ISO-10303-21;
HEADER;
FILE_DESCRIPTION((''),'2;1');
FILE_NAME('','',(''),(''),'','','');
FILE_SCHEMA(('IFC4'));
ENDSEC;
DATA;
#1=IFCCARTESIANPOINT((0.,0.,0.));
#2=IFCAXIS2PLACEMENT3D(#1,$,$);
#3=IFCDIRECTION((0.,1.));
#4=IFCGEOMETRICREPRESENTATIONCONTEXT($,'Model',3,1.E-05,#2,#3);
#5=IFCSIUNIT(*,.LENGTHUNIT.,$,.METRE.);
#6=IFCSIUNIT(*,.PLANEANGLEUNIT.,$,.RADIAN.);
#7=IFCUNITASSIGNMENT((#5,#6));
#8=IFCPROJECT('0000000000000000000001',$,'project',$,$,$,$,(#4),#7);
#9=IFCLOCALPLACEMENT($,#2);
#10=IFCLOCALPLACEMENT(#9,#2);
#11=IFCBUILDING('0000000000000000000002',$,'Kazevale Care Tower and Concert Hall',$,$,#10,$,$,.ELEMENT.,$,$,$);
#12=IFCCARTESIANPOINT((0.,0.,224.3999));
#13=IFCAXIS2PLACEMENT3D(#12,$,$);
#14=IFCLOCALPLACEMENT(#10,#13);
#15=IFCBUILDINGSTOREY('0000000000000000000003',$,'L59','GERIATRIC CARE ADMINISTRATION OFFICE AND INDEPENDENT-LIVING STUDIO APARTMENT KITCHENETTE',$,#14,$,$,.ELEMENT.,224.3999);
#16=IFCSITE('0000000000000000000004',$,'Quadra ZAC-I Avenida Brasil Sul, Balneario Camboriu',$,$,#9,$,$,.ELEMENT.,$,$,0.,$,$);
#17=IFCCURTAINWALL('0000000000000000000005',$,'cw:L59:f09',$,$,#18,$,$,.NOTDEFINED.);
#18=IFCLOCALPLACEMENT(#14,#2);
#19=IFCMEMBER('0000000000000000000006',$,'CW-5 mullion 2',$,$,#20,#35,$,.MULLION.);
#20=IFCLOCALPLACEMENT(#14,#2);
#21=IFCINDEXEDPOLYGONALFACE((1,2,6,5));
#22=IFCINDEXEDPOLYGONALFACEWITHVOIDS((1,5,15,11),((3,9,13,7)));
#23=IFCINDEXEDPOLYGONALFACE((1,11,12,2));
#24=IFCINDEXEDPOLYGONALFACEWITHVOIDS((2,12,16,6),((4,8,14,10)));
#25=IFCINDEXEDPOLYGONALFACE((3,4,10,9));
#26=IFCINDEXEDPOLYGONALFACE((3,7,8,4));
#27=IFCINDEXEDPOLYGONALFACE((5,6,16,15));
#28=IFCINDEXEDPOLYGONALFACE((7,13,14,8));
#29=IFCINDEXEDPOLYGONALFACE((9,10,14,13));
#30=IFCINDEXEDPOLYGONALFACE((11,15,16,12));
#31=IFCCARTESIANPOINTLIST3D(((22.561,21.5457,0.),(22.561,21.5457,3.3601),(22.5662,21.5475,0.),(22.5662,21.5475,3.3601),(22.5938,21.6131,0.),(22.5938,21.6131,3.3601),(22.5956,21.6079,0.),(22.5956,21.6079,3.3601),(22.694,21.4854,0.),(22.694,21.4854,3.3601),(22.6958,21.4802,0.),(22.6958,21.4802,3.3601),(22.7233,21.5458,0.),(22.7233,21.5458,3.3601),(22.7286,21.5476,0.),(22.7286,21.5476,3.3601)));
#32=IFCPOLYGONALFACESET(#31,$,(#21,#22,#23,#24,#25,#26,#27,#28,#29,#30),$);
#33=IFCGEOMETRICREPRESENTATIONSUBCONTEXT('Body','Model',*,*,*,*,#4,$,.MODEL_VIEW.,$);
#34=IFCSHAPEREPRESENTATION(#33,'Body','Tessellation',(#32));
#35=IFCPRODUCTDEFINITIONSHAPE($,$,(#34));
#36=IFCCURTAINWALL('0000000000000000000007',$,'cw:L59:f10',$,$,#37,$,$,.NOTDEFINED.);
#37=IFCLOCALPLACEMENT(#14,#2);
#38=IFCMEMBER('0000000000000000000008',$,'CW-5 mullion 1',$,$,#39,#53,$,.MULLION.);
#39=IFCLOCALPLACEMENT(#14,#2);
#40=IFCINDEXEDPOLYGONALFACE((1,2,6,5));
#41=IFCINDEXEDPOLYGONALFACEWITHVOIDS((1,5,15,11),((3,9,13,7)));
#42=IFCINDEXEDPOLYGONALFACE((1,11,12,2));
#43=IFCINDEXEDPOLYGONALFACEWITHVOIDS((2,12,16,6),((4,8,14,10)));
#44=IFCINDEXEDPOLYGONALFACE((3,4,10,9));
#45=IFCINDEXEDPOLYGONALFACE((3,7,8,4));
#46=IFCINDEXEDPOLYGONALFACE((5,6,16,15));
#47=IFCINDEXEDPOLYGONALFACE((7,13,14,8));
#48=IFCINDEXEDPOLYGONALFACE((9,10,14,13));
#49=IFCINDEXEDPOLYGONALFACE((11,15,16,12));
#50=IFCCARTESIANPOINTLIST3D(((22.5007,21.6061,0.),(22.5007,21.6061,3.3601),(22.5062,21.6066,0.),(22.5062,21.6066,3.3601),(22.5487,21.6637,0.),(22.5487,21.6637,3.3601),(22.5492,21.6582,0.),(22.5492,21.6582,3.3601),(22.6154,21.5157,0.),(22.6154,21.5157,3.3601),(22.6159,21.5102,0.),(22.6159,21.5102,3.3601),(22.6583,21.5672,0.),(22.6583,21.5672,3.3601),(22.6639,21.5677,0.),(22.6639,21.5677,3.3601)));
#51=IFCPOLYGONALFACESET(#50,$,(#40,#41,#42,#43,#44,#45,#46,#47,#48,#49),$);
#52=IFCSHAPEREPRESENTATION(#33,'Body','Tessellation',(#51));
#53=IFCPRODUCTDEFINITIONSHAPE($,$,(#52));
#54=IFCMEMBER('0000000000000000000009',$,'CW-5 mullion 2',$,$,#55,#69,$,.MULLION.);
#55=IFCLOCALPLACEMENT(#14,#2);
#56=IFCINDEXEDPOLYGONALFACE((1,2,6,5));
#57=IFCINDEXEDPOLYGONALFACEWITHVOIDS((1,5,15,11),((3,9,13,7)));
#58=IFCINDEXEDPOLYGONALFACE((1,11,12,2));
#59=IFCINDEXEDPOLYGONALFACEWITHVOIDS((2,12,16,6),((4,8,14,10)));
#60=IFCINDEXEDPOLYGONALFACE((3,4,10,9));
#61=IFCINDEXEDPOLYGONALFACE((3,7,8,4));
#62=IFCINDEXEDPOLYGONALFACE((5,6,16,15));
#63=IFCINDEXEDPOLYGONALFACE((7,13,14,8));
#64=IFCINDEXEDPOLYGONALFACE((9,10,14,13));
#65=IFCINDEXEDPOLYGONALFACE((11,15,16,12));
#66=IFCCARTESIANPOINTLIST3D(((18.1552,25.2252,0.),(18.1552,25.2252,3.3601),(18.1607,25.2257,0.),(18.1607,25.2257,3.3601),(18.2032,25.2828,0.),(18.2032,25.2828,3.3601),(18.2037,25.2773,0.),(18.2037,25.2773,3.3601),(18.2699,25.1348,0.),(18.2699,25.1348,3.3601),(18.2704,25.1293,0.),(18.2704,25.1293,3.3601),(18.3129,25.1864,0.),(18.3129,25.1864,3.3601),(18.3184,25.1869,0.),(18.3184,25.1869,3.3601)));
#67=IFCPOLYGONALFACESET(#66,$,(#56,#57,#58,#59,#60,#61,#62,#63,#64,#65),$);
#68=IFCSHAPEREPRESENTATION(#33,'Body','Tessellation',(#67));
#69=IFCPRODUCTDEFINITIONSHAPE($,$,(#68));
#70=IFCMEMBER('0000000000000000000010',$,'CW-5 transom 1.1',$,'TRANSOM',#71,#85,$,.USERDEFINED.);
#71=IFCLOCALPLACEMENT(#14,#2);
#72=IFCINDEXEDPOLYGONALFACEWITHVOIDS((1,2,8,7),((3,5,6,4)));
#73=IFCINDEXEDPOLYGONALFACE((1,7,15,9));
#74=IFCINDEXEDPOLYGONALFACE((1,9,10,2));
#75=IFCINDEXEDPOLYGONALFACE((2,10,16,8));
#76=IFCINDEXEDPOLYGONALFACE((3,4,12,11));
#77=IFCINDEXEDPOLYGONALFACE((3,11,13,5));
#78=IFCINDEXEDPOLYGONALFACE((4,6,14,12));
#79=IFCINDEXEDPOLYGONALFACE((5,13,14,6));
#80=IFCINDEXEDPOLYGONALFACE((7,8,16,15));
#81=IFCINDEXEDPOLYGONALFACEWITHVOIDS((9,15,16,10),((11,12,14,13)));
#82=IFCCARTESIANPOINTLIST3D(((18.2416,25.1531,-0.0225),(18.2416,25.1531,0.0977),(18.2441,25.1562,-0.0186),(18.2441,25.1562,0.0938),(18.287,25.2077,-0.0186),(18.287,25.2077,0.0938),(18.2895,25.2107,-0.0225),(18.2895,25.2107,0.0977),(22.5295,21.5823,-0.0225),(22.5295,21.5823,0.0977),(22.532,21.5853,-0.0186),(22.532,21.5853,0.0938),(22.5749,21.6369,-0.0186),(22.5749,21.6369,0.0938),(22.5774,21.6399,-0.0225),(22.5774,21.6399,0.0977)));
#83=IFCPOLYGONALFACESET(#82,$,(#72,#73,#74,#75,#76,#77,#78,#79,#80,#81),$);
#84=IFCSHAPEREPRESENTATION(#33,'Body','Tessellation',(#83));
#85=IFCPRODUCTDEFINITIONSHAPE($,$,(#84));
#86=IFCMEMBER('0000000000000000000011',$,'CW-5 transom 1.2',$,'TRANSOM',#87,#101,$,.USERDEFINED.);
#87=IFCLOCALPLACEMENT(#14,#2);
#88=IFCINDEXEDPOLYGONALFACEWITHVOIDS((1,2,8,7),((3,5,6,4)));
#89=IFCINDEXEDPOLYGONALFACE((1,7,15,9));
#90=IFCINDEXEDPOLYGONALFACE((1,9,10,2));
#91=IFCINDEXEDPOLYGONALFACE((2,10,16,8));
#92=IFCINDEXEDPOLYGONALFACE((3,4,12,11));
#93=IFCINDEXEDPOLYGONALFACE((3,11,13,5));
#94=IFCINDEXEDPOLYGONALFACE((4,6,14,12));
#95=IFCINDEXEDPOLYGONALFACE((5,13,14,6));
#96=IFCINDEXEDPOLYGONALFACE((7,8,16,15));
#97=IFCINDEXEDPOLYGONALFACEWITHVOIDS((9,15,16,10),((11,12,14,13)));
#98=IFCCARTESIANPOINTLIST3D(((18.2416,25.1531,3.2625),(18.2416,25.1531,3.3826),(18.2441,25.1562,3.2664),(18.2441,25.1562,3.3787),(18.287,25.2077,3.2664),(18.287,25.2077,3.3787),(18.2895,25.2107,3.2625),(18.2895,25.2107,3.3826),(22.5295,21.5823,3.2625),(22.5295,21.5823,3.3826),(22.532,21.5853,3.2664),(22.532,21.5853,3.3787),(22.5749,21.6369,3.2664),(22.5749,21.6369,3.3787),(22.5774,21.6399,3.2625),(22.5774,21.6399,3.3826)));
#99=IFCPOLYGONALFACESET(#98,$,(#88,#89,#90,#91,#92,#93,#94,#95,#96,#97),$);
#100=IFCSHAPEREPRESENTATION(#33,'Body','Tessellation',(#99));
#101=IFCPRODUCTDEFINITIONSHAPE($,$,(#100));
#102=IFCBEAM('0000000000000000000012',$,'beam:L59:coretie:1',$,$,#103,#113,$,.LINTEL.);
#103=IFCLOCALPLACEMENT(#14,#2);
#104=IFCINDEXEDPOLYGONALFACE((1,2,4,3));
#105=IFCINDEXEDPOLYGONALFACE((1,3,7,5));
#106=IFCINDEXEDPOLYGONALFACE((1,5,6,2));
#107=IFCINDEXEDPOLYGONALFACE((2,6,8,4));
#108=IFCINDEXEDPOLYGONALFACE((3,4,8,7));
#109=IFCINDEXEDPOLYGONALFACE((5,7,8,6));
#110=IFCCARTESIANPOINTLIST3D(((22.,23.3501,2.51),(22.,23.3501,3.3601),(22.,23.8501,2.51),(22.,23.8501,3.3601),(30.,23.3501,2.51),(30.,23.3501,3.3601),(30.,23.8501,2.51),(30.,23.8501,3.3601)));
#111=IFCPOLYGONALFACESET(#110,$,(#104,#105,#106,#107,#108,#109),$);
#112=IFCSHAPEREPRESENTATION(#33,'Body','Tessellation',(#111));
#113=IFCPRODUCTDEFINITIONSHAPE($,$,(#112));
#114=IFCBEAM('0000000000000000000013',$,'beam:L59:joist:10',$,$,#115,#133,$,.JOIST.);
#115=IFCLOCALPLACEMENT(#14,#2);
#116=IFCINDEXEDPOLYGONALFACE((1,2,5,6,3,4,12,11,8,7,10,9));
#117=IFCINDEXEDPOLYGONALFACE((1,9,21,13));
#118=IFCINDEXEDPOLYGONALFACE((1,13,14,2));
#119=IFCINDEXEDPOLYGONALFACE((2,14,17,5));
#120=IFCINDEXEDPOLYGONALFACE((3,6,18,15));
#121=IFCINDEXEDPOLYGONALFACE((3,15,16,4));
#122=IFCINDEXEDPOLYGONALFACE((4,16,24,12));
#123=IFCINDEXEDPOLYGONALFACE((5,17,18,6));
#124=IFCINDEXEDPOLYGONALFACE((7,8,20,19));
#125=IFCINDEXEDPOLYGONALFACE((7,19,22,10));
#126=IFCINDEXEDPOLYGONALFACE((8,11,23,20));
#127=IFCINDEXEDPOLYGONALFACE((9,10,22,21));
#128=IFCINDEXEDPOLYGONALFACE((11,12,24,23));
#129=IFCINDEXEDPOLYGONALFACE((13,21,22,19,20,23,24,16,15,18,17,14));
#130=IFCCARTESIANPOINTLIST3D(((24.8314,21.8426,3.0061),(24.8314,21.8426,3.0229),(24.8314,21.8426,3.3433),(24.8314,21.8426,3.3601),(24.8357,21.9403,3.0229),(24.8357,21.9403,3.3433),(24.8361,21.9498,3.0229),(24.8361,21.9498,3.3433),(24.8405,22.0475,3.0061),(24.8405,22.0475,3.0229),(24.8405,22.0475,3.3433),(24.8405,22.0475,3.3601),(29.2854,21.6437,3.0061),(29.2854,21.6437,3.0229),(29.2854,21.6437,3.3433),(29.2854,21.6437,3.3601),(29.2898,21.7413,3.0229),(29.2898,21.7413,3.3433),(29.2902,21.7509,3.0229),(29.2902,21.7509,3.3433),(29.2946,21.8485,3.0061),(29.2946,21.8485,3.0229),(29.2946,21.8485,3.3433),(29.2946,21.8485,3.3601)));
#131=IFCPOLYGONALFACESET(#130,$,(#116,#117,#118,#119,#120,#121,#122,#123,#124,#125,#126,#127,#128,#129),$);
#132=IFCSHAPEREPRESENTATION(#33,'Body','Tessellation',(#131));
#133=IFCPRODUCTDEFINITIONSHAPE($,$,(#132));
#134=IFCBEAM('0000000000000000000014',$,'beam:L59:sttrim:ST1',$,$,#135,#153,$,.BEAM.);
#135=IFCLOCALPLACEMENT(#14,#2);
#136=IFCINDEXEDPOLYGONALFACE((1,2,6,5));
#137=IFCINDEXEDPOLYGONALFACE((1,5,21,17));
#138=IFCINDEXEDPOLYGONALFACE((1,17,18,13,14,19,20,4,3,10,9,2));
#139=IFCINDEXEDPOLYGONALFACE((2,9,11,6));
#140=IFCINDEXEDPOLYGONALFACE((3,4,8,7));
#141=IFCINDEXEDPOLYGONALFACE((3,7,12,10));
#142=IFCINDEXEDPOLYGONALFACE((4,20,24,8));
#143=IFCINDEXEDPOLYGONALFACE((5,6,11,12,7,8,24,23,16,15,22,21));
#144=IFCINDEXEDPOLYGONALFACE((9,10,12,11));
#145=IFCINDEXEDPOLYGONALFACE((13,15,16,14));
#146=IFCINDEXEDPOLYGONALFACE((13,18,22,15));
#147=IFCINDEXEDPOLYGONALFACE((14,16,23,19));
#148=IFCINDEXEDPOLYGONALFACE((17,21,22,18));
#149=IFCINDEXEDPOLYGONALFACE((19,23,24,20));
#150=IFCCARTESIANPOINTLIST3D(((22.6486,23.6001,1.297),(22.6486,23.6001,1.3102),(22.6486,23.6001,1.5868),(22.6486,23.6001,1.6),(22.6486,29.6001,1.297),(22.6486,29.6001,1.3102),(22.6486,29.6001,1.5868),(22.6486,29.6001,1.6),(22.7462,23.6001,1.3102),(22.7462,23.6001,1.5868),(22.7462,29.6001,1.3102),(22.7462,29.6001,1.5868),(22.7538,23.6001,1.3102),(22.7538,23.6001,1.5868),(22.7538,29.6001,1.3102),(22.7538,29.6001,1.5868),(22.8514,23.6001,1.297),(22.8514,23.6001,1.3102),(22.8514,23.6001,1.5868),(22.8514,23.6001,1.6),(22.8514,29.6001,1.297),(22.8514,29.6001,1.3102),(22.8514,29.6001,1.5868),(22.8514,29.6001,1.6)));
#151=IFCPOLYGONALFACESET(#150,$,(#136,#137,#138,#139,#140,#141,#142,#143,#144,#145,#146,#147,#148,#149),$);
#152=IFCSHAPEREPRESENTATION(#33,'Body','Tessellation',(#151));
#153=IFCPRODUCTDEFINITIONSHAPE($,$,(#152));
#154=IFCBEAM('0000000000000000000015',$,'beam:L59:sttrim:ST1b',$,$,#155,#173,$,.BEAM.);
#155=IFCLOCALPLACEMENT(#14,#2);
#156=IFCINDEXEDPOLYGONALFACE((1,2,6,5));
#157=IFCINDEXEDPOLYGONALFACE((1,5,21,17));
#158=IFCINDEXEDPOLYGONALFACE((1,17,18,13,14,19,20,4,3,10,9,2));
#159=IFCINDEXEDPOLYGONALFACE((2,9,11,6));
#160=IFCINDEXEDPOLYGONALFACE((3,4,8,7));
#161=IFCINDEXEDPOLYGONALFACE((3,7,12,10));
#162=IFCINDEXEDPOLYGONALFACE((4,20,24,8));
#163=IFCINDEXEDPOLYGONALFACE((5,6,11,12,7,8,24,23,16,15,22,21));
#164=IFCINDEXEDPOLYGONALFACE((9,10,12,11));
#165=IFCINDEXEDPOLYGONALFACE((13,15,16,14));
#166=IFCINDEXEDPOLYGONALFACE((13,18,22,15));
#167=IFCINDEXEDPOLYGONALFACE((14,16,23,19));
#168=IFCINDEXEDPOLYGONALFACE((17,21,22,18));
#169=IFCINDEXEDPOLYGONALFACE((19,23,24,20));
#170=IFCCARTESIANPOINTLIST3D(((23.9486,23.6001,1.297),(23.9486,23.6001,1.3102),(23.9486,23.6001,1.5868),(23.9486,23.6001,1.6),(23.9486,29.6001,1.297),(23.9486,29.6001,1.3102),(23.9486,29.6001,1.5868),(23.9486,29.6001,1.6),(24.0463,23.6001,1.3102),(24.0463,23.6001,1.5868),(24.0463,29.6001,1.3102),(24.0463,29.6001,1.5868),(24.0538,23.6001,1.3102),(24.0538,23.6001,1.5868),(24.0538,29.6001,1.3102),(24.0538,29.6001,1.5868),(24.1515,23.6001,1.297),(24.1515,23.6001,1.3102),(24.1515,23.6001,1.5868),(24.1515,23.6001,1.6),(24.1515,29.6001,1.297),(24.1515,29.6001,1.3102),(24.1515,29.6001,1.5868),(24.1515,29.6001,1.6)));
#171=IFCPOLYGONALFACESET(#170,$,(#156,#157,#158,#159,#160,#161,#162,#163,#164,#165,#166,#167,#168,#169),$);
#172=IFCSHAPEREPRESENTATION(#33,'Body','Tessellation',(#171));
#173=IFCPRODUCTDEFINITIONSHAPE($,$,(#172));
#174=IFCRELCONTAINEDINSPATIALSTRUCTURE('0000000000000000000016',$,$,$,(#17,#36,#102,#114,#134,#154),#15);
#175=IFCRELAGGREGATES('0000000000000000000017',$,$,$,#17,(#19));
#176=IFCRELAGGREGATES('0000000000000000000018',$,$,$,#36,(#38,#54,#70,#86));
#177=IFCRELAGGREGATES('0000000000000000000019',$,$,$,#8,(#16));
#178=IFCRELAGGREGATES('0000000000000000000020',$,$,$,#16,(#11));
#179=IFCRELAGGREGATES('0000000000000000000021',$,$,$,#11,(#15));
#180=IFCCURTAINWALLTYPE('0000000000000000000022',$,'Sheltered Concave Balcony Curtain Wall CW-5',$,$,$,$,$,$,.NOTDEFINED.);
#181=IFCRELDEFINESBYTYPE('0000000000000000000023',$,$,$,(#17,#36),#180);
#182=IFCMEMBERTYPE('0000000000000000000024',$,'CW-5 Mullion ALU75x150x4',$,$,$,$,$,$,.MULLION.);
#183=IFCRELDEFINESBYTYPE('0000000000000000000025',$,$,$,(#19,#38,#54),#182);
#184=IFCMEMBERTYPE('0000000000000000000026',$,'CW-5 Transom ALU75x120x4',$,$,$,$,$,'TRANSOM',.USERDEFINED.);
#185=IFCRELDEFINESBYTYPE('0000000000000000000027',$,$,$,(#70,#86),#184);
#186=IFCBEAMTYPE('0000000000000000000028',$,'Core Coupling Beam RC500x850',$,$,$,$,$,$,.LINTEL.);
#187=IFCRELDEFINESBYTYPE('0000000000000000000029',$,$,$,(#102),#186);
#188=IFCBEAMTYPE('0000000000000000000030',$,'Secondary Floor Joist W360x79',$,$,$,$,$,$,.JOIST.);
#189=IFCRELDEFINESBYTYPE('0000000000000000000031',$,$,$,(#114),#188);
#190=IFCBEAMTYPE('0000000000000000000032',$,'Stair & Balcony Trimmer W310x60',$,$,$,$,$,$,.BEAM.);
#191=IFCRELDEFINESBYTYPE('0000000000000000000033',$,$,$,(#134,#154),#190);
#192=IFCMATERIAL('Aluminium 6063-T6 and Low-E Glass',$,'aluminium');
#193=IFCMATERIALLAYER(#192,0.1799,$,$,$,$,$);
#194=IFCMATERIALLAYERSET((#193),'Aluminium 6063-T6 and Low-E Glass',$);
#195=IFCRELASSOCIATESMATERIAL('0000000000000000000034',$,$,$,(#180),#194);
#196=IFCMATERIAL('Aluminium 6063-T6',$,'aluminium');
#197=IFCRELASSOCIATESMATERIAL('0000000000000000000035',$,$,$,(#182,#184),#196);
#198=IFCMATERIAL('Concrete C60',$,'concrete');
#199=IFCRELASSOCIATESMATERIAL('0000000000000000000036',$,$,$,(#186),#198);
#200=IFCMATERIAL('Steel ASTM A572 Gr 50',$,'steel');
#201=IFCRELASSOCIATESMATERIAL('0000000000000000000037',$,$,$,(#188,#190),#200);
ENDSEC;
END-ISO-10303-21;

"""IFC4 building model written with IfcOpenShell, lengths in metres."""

from ifc_helpers import new_model, si_unit, direction, frame, origin, origin_2d, place, context, subcontext, project, spatial, rectangle, hollow_rectangle, i_section, extrude, material, layer, layer_set, material_profile, profile_set, type_object, element, aggregate, save


model = new_model("IFC4")

# Units and contexts
model_context = context("Model", 3, precision=1e-05, world=origin(), true_north=direction((0.0, 1.0)))
body_context = subcontext(model_context, "Body", "Model", "MODEL_VIEW")
ifc_project = project(units=[si_unit("LENGTHUNIT", "METRE"), si_unit("PLANEANGLEUNIT", "RADIAN")], contexts=[model_context])

# Site, building, storey
site_placement = place(None, origin())
site = spatial("IfcSite", under=ifc_project, at=site_placement, Name="Quadra ZAC-I Avenida Brasil Sul, Balneario Camboriu", CompositionType="ELEMENT", RefElevation=0.0)
building_placement = place(site_placement, origin())
building = spatial("IfcBuilding", under=site, at=building_placement, Name="Kazevale Care Tower and Concert Hall", CompositionType="ELEMENT")
storey_placement = place(building_placement, frame((0.0, 0.0, 224.3999)))
storey = spatial("IfcBuildingStorey", under=building, at=storey_placement, Name="L59", Description="GERIATRIC CARE ADMINISTRATION OFFICE AND INDEPENDENT-LIVING STUDIO APARTMENT KITCHENETTE", CompositionType="ELEMENT", Elevation=224.3999)

# Shared definitions
ifc_material_1 = material(Name="Aluminium 6063-T6 and Low-E Glass", Category="aluminium")
ifc_material_2 = material(Name="Aluminium 6063-T6", Category="aluminium")

# Curtain wall, member
ifc_layer_1 = layer(ifc_material_1, 0.1799)
ifc_layer_set_1 = layer_set([ifc_layer_1], Name="Aluminium 6063-T6 and Low-E Glass")
curtain_wall_type_1 = type_object("IfcCurtainWallType", Name="Sheltered Concave Balcony Curtain Wall CW-5", PredefinedType="NOTDEFINED", material=ifc_layer_set_1)
curtain_wall_1_placement = place(storey_placement, origin())
curtain_wall_1 = element("IfcCurtainWall", 1, at=curtain_wall_1_placement, inside=storey, type_object=curtain_wall_type_1, Name="cw:L59:f09", PredefinedType="NOTDEFINED")
ifc_material_profile_1 = material_profile(ifc_material_2, hollow_rectangle(XDim=0.075, YDim=0.1499, WallThickness=0.0039, at=origin_2d()), Name="ALU75x150x4")
ifc_profile_set_1 = profile_set([ifc_material_profile_1], Name="Aluminium 6063-T6")
member_type_1 = type_object("IfcMemberType", Name="CW-5 Mullion ALU75x150x4", PredefinedType="MULLION", material=ifc_profile_set_1)
member_1_placement = place(storey_placement, frame((22.6448, 21.5466, 0.0), z_axis=(0.0, 0.0, 1.0), x_axis=(-0.437238, -0.899346, 0.0)))
member_1 = element("IfcMember", 2, at=member_1_placement, type_object=member_type_1, Name="CW-5 mullion 2", PredefinedType="MULLION", context=body_context, shape_type="SweptSolid", body=[
    extrude(hollow_rectangle(XDim=0.075, YDim=0.1499, WallThickness=0.0039, at=origin_2d()), origin(), (0.0, 0.0, 1.0), 3.3601),
])
aggregate(curtain_wall_1, [member_1])

# Curtain wall, members
curtain_wall_2_placement = place(storey_placement, origin())
curtain_wall_2 = element("IfcCurtainWall", 3, at=curtain_wall_2_placement, inside=storey, type_object=curtain_wall_type_1, Name="cw:L59:f10", PredefinedType="NOTDEFINED")
member_2_placement = place(storey_placement, frame((22.5823, 21.5869, 0.0), z_axis=(0.0, 0.0, 1.0), x_axis=(-0.639961, -0.768407, 0.0)))
member_2 = element("IfcMember", 4, at=member_2_placement, type_object=member_type_1, Name="CW-5 mullion 1", PredefinedType="MULLION", context=body_context, shape_type="SweptSolid", body=[
    extrude(hollow_rectangle(XDim=0.075, YDim=0.1499, WallThickness=0.0039, at=origin_2d()), origin(), (0.0, 0.0, 1.0), 3.3601),
])
member_3_placement = place(storey_placement, frame((18.2368, 25.2061, 0.0), z_axis=(0.0, 0.0, 1.0), x_axis=(-0.639961, -0.768407, 0.0)))
member_3 = element("IfcMember", 5, at=member_3_placement, type_object=member_type_1, Name="CW-5 mullion 2", PredefinedType="MULLION", context=body_context, shape_type="SweptSolid", body=[
    extrude(hollow_rectangle(XDim=0.075, YDim=0.1499, WallThickness=0.0039, at=origin_2d()), origin(), (0.0, 0.0, 1.0), 3.3601),
])
ifc_material_profile_2 = material_profile(ifc_material_2, hollow_rectangle(XDim=0.075, YDim=0.1201, WallThickness=0.0039, at=origin_2d()), Name="ALU75x120x4")
ifc_profile_set_2 = profile_set([ifc_material_profile_2], Name="Aluminium 6063-T6")
member_type_2 = type_object("IfcMemberType", Name="CW-5 Transom ALU75x120x4", ElementType="TRANSOM", PredefinedType="USERDEFINED", material=ifc_profile_set_2)
member_4_placement = place(storey_placement, frame((22.5535, 21.6111, 0.0376), z_axis=(-0.768433, 0.63993, 0.0), x_axis=(-0.63993, -0.768433, 0.0)))
member_4 = element("IfcMember", 6, at=member_4_placement, type_object=member_type_2, Name="CW-5 transom 1.1", ObjectType="TRANSOM", PredefinedType="USERDEFINED", context=body_context, shape_type="SweptSolid", body=[
    extrude(hollow_rectangle(XDim=0.075, YDim=0.1201, WallThickness=0.0039, at=origin_2d()), origin(), (0.0, 0.0, 1.0), 5.5801),
])
member_5_placement = place(storey_placement, frame((22.5535, 21.6111, 3.3225), z_axis=(-0.768433, 0.63993, 0.0), x_axis=(-0.63993, -0.768433, 0.0)))
member_5 = element("IfcMember", 7, at=member_5_placement, type_object=member_type_2, Name="CW-5 transom 1.2", ObjectType="TRANSOM", PredefinedType="USERDEFINED", context=body_context, shape_type="SweptSolid", body=[
    extrude(hollow_rectangle(XDim=0.075, YDim=0.1201, WallThickness=0.0039, at=origin_2d()), origin(), (0.0, 0.0, 1.0), 5.5801),
])

# Beams
ifc_material_3 = material(Name="Concrete C60", Category="concrete")
ifc_material_profile_3 = material_profile(ifc_material_3, rectangle(XDim=0.5, YDim=0.8501, at=origin_2d()), Name="RC-B500x850")
ifc_profile_set_3 = profile_set([ifc_material_profile_3], Name="Concrete C60")
beam_type_1 = type_object("IfcBeamType", Name="Core Coupling Beam RC500x850", PredefinedType="LINTEL", material=ifc_profile_set_3)
beam_1_placement = place(storey_placement, frame((22.0, 23.6001, 2.9351), z_axis=(1.0, 0.0, 0.0), x_axis=(0.0, 1.0, 0.0)))
element("IfcBeam", 8, at=beam_1_placement, inside=storey, type_object=beam_type_1, Name="beam:L59:coretie:1", PredefinedType="LINTEL", context=body_context, shape_type="SweptSolid", body=[
    extrude(rectangle(XDim=0.5, YDim=0.8501, at=origin_2d()), origin(), (0.0, 0.0, 1.0), 8.0),
])
ifc_material_4 = material(Name="Steel ASTM A572 Gr 50", Category="steel")
ifc_material_profile_4 = material_profile(ifc_material_4, i_section(OverallWidth=0.2051, OverallDepth=0.354, WebThickness=0.0095, FlangeThickness=0.0168, at=origin_2d()), Name="W360x79")
ifc_profile_set_4 = profile_set([ifc_material_profile_4], Name="Steel ASTM A572 Gr 50")
beam_type_2 = type_object("IfcBeamType", Name="Secondary Floor Joist W360x79", PredefinedType="JOIST", material=ifc_profile_set_4)
beam_2_placement = place(storey_placement, frame((24.8359, 21.9451, 3.1831), z_axis=(0.999004, -0.044628, 0.0), x_axis=(0.044628, 0.999004, 0.0)))
element("IfcBeam", 9, at=beam_2_placement, inside=storey, type_object=beam_type_2, Name="beam:L59:joist:10", PredefinedType="JOIST", context=body_context, shape_type="SweptSolid", body=[
    extrude(i_section(OverallWidth=0.2051, OverallDepth=0.354, WebThickness=0.0095, FlangeThickness=0.0168, at=origin_2d()), origin(), (0.0, 0.0, 1.0), 4.4585),
])
ifc_material_profile_5 = material_profile(ifc_material_4, i_section(OverallWidth=0.2029, OverallDepth=0.303, WebThickness=0.0076, FlangeThickness=0.0132, at=origin_2d()), Name="W310x60")
ifc_profile_set_5 = profile_set([ifc_material_profile_5], Name="Steel ASTM A572 Gr 50")
beam_type_3 = type_object("IfcBeamType", Name="Stair & Balcony Trimmer W310x60", PredefinedType="BEAM", material=ifc_profile_set_5)
for number, where, z_axis, x_axis, name in (
    (10, (22.75, 23.6001, 1.4485), (0.0, 1.0, 0.0), (-1.0, 0.0, 0.0), "beam:L59:sttrim:ST1"),
    (11, (24.05, 23.6001, 1.4485), (0.0, 1.0, 0.0), (-1.0, 0.0, 0.0), "beam:L59:sttrim:ST1b"),
):
    element("IfcBeam", number, at=place(storey_placement, frame(where, z_axis=z_axis, x_axis=x_axis)), inside=storey, type_object=beam_type_3, Name=name, PredefinedType="BEAM", context=body_context, shape_type="SweptSolid", body=[
        extrude(i_section(OverallWidth=0.2029, OverallDepth=0.303, WebThickness=0.0076, FlangeThickness=0.0132, at=origin_2d()), origin(), (0.0, 0.0, 1.0), 6.0),
    ])

aggregate(curtain_wall_2, [member_2, member_3, member_4, member_5])

save(model, "model.ifc")
